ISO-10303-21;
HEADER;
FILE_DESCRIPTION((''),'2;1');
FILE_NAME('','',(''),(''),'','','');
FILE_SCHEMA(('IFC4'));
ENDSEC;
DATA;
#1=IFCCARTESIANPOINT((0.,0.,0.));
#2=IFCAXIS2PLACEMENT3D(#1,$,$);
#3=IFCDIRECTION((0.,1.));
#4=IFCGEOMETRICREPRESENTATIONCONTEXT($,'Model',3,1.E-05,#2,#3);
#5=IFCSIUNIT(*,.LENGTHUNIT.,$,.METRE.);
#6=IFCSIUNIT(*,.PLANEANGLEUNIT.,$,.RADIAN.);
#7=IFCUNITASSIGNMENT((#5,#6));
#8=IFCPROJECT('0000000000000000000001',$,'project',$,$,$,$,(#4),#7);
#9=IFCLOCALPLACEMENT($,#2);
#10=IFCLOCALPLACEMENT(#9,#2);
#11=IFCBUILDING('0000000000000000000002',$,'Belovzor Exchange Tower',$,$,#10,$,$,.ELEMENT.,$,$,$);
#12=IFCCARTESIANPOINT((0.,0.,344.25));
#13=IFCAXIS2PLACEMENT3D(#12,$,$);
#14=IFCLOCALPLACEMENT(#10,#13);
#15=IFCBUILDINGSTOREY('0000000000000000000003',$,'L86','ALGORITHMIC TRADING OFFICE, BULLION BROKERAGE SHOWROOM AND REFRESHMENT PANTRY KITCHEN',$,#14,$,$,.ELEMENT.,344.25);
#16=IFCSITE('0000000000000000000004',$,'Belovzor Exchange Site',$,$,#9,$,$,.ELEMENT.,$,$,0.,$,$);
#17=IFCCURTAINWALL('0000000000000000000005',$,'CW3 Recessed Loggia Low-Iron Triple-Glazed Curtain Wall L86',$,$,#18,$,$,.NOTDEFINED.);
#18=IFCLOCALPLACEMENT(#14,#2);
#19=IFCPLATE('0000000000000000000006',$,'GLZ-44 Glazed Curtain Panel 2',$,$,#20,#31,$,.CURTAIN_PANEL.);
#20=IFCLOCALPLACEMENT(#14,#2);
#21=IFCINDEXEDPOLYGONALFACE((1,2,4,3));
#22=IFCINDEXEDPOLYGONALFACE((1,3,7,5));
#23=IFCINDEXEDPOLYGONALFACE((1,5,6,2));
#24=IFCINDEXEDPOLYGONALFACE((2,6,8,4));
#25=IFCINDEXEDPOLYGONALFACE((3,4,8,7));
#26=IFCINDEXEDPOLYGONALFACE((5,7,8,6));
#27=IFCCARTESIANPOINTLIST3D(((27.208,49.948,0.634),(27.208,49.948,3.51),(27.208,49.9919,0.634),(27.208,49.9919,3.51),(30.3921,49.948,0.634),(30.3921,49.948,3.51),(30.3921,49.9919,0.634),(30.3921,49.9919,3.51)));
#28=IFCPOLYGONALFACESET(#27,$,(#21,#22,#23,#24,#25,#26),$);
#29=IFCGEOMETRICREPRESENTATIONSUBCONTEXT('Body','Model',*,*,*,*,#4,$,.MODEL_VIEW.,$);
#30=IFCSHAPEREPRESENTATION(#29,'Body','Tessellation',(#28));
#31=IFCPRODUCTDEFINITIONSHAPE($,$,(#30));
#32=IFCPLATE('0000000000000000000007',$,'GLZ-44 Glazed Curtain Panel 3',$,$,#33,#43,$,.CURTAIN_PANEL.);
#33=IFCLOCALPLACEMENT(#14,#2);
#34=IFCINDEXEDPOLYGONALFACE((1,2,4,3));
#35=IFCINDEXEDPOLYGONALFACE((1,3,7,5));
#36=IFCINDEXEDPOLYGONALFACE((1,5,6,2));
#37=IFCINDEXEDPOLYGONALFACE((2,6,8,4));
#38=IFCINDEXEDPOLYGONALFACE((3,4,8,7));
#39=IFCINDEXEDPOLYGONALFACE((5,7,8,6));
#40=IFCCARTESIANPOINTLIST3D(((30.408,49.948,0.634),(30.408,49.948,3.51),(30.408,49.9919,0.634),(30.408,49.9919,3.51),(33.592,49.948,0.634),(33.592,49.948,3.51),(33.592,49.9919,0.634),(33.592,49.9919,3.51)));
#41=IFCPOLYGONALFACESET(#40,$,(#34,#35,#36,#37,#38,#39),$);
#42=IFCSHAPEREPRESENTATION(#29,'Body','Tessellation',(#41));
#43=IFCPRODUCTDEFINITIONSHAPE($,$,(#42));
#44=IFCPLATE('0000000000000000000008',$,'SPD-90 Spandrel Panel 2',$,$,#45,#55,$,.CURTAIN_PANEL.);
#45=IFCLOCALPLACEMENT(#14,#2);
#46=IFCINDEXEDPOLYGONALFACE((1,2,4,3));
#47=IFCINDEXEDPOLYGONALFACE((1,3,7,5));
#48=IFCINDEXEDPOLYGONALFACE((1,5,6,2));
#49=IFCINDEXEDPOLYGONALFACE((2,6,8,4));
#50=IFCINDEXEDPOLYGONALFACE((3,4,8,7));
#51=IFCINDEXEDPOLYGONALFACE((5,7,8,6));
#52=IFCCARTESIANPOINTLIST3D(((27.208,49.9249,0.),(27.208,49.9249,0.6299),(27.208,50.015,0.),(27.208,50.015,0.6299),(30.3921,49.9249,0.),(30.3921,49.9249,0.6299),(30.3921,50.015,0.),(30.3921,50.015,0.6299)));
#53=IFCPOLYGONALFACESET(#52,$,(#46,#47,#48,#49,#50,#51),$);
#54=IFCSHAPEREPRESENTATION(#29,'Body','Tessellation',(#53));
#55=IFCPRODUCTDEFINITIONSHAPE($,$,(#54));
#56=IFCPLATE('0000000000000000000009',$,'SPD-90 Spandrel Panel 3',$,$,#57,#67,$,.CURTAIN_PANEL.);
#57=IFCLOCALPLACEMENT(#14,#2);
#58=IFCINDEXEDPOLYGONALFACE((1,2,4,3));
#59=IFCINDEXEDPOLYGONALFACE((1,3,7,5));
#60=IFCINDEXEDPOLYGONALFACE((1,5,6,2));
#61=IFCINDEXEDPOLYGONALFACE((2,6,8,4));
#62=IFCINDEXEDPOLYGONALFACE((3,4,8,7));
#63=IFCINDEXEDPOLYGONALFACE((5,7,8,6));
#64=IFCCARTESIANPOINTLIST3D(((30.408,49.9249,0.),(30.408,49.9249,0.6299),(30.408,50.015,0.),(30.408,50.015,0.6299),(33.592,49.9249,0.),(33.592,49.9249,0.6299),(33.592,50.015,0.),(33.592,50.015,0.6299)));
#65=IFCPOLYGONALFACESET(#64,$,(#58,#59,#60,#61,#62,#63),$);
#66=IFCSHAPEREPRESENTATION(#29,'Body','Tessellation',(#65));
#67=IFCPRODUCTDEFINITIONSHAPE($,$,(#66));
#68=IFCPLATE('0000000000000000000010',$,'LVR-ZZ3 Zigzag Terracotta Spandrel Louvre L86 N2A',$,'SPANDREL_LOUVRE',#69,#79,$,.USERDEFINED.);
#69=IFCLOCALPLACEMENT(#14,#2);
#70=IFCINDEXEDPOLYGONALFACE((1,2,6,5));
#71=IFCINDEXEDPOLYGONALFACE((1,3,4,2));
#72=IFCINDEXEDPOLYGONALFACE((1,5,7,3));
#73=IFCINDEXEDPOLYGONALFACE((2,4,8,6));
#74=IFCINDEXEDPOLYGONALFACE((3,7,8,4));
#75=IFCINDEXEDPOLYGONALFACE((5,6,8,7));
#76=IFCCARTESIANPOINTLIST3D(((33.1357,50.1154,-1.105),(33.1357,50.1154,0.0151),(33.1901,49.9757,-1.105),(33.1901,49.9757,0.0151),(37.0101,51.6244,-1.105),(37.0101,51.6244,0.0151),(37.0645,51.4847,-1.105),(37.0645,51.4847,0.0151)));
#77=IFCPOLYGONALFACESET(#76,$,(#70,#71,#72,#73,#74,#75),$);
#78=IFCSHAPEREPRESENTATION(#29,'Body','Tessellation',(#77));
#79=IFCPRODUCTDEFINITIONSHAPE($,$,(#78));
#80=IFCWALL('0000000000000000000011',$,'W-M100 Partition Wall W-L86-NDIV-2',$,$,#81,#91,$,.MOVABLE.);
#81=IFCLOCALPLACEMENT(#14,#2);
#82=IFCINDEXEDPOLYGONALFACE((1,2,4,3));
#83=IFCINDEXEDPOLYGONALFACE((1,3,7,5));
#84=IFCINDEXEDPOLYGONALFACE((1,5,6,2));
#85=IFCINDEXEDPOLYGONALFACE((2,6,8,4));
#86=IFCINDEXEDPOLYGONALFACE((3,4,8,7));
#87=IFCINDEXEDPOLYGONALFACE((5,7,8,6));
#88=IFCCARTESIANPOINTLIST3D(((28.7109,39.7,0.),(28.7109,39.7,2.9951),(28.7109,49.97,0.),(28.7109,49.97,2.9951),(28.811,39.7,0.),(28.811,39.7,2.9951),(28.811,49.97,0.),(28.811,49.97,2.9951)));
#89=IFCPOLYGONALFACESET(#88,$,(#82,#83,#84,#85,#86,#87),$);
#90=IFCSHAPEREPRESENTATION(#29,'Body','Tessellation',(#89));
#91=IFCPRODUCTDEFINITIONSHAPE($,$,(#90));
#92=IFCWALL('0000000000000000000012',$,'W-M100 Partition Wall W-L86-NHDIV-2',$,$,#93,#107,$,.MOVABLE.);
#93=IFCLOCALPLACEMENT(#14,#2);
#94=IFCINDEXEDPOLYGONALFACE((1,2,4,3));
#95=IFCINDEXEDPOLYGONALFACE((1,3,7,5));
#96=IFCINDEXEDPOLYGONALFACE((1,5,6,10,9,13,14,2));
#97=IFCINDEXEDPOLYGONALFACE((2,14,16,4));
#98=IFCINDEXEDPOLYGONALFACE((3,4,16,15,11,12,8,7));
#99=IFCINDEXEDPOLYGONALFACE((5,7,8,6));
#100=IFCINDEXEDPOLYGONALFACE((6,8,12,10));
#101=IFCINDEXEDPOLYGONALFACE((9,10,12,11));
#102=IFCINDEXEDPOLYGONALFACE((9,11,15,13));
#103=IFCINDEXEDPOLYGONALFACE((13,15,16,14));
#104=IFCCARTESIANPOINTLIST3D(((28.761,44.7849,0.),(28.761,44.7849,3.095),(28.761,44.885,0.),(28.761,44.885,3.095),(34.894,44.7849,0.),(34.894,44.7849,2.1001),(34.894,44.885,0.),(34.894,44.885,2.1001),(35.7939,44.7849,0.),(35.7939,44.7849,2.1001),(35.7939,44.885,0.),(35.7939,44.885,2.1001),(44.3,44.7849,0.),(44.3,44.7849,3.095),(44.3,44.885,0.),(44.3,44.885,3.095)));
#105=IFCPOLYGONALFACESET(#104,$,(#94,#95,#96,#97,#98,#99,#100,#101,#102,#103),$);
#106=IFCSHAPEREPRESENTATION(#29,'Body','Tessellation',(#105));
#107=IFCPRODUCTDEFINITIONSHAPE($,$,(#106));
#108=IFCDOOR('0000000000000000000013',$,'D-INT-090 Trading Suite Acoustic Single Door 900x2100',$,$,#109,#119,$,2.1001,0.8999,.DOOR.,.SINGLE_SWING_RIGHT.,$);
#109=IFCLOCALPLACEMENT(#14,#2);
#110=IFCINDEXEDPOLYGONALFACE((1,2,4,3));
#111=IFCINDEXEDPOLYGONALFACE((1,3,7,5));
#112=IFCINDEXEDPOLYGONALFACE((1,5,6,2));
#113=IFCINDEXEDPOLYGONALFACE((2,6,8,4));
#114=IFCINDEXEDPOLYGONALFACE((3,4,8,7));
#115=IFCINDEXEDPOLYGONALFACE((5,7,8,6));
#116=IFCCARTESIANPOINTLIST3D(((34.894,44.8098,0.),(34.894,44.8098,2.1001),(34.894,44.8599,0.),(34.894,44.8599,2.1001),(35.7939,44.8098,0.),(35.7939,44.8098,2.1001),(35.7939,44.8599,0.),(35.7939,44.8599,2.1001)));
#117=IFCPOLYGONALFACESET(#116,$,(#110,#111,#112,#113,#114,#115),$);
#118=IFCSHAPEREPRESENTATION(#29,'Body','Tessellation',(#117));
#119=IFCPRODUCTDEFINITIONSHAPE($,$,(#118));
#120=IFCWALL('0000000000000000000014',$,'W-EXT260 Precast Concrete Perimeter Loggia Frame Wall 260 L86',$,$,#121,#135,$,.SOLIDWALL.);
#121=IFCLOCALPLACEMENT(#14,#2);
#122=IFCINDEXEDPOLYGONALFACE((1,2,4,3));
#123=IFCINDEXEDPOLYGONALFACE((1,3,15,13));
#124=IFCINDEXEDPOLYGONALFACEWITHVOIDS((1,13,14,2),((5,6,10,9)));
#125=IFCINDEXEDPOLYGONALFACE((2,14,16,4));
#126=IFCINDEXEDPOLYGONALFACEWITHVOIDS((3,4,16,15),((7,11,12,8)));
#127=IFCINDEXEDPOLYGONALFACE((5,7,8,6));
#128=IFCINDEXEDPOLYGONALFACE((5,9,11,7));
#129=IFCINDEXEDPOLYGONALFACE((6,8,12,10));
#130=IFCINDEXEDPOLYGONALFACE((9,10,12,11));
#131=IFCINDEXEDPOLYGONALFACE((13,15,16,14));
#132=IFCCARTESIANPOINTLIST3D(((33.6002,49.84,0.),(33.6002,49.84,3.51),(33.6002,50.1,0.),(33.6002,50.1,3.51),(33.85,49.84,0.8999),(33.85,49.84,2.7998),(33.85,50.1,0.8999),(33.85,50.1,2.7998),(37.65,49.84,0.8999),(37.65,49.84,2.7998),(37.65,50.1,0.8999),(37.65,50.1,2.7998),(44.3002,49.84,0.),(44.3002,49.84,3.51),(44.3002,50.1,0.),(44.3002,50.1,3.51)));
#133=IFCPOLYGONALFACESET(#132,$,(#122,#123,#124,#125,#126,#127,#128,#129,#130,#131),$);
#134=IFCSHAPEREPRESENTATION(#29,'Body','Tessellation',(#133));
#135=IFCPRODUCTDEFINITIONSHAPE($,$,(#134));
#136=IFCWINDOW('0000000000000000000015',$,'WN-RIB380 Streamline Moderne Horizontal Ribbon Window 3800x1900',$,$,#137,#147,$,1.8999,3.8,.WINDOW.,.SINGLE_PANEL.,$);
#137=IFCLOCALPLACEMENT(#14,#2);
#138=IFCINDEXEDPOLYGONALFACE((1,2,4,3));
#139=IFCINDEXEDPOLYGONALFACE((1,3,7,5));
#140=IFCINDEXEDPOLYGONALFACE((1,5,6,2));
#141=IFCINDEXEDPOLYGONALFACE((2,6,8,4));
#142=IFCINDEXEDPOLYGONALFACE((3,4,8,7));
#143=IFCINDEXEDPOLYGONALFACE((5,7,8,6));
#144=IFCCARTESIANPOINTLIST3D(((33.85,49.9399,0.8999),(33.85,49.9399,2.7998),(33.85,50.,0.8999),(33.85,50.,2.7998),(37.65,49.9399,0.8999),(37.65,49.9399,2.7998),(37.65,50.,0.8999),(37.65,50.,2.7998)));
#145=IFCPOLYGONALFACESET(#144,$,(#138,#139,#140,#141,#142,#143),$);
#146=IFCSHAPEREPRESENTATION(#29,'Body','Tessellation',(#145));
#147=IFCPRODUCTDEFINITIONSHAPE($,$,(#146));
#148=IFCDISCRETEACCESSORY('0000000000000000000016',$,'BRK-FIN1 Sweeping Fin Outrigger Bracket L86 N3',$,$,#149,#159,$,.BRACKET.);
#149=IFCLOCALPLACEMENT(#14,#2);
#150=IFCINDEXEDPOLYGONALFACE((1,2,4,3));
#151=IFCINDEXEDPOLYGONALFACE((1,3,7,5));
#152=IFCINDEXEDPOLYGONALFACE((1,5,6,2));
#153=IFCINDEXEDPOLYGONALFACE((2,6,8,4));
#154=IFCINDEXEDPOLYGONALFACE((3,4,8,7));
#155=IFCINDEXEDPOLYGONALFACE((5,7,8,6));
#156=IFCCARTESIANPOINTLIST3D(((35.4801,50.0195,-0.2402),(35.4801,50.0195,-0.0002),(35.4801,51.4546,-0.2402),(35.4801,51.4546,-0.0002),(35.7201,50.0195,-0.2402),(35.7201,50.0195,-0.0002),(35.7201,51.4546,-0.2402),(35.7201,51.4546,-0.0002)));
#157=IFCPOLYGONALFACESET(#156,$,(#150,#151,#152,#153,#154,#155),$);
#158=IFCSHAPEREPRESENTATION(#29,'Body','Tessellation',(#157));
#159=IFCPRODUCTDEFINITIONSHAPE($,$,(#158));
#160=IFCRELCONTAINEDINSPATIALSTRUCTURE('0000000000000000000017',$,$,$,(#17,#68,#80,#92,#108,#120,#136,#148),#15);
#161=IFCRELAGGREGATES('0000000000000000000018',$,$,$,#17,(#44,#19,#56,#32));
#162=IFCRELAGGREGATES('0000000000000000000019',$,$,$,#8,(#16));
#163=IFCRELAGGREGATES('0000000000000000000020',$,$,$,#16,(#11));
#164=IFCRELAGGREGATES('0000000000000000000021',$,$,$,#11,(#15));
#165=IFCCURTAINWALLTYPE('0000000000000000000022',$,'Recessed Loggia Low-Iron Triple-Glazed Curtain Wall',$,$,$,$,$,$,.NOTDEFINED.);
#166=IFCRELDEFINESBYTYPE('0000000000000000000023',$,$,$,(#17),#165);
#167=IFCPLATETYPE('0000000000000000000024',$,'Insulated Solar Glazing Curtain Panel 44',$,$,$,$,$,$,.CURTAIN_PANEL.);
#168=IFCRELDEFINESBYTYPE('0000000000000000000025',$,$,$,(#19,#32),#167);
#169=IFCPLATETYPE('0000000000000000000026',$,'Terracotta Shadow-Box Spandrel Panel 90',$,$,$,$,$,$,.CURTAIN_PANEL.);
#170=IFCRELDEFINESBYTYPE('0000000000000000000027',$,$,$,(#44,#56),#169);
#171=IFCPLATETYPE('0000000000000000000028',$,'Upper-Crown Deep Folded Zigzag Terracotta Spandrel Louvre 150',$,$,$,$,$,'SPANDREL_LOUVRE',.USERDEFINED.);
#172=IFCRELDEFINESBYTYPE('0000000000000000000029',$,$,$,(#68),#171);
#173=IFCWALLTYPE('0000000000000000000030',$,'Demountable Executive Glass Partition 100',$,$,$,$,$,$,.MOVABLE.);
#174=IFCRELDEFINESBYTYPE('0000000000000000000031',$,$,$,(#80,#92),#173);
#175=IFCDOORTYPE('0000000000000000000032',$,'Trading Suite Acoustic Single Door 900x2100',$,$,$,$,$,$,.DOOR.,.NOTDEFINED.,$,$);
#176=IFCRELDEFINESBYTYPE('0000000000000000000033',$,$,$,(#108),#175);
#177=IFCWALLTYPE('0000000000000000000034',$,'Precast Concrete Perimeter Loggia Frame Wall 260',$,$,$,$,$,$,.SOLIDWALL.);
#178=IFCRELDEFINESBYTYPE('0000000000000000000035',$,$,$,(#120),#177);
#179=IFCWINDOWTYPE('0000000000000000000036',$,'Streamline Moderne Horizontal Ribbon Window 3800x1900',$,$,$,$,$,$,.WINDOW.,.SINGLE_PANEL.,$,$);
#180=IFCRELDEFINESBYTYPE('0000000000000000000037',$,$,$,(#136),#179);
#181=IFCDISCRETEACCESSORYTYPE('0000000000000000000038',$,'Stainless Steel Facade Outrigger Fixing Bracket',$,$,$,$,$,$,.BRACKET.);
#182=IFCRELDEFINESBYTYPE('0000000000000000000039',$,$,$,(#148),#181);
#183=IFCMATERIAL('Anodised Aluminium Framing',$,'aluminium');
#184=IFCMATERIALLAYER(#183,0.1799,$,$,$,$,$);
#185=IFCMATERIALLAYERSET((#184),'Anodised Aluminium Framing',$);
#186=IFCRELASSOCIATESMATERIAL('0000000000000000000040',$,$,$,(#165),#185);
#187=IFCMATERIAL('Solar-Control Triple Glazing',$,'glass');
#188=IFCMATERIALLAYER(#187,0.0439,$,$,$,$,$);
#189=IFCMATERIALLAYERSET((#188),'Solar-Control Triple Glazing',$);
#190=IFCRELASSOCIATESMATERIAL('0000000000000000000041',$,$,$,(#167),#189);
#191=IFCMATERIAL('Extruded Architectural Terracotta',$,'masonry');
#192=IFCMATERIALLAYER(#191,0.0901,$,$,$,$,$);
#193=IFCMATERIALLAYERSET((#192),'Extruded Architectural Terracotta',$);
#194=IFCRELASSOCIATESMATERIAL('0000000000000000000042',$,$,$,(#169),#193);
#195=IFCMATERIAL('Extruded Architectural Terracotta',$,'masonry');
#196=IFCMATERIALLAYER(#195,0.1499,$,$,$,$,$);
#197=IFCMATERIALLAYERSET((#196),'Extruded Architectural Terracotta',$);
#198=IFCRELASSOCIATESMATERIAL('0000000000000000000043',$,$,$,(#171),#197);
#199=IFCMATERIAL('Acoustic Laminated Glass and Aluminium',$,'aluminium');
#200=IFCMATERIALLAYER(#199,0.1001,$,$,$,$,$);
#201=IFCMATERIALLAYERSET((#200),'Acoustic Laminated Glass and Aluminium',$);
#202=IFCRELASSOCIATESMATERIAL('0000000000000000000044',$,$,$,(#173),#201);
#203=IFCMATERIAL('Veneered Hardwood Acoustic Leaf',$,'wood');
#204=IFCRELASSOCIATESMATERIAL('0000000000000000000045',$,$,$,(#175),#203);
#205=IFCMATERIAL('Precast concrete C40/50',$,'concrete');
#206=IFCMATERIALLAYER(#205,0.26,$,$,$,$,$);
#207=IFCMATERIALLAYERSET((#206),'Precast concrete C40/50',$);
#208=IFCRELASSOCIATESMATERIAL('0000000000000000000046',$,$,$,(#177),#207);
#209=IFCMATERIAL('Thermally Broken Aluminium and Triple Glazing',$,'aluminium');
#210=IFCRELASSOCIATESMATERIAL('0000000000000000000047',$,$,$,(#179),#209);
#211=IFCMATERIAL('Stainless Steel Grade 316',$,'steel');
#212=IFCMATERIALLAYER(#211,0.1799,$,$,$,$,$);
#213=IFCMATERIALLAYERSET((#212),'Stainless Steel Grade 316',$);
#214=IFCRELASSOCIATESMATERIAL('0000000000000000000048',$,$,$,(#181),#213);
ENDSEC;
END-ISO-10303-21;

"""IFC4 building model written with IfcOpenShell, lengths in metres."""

from ifc_helpers import new_model, si_unit, direction, frame, frame_2d, origin, origin_2d, place, context, subcontext, project, spatial, rectangle, extrude, material, layer, layer_set, type_object, element, fill, aggregate, save


model = new_model("IFC4")

# Units and contexts
model_context = context("Model", 3, precision=1e-05, world=origin(), true_north=direction((0.0, 1.0)))
body_context = subcontext(model_context, "Body", "Model", "MODEL_VIEW")
ifc_project = project(units=[si_unit("LENGTHUNIT", "METRE"), si_unit("PLANEANGLEUNIT", "RADIAN")], contexts=[model_context])

# Site, building, storey
site_placement = place(None, origin())
site = spatial("IfcSite", under=ifc_project, at=site_placement, Name="Belovzor Exchange Site", CompositionType="ELEMENT", RefElevation=0.0)
building_placement = place(site_placement, origin())
building = spatial("IfcBuilding", under=site, at=building_placement, Name="Belovzor Exchange Tower", CompositionType="ELEMENT")
storey_placement = place(building_placement, frame((0.0, 0.0, 344.25)))
storey = spatial("IfcBuildingStorey", under=building, at=storey_placement, Name="L86", Description="ALGORITHMIC TRADING OFFICE, BULLION BROKERAGE SHOWROOM AND REFRESHMENT PANTRY KITCHEN", CompositionType="ELEMENT", Elevation=344.25)

# Curtain wall
ifc_material_1 = material(Name="Anodised Aluminium Framing", Category="aluminium")
ifc_layer_1 = layer(ifc_material_1, 0.1799)
ifc_layer_set_1 = layer_set([ifc_layer_1], Name="Anodised Aluminium Framing")
curtain_wall_type = type_object("IfcCurtainWallType", Name="Recessed Loggia Low-Iron Triple-Glazed Curtain Wall", PredefinedType="NOTDEFINED", material=ifc_layer_set_1)
curtain_wall_placement = place(storey_placement, origin())
curtain_wall = element("IfcCurtainWall", 1, at=curtain_wall_placement, inside=storey, type_object=curtain_wall_type, Name="CW3 Recessed Loggia Low-Iron Triple-Glazed Curtain Wall L86", PredefinedType="NOTDEFINED")

# Plates
ifc_material_2 = material(Name="Solar-Control Triple Glazing", Category="glass")
ifc_layer_2 = layer(ifc_material_2, 0.0439)
ifc_layer_set_2 = layer_set([ifc_layer_2], Name="Solar-Control Triple Glazing")
plate_type_1 = type_object("IfcPlateType", Name="Insulated Solar Glazing Curtain Panel 44", PredefinedType="CURTAIN_PANEL", material=ifc_layer_set_2)
plate_1_placement = place(storey_placement, frame((28.8, 49.97, 0.634), z_axis=(0.0, 0.0, 1.0), x_axis=(1.0, 0.0, 0.0)))
plate_1 = element("IfcPlate", 2, at=plate_1_placement, type_object=plate_type_1, Name="GLZ-44 Glazed Curtain Panel 2", PredefinedType="CURTAIN_PANEL", context=body_context, shape_type="SweptSolid", body=[
    extrude(rectangle(XDim=3.1841, YDim=0.0439, at=origin_2d()), origin(), (0.0, 0.0, 1.0), 2.876),
])
plate_2_placement = place(storey_placement, frame((32.0, 49.97, 0.634), z_axis=(0.0, 0.0, 1.0), x_axis=(1.0, 0.0, 0.0)))
plate_2 = element("IfcPlate", 3, at=plate_2_placement, type_object=plate_type_1, Name="GLZ-44 Glazed Curtain Panel 3", PredefinedType="CURTAIN_PANEL", context=body_context, shape_type="SweptSolid", body=[
    extrude(rectangle(XDim=3.1841, YDim=0.0439, at=origin_2d()), origin(), (0.0, 0.0, 1.0), 2.876),
])
ifc_material_3 = material(Name="Extruded Architectural Terracotta", Category="masonry")
ifc_layer_3 = layer(ifc_material_3, 0.0901)
ifc_layer_set_3 = layer_set([ifc_layer_3], Name="Extruded Architectural Terracotta")
plate_type_2 = type_object("IfcPlateType", Name="Terracotta Shadow-Box Spandrel Panel 90", PredefinedType="CURTAIN_PANEL", material=ifc_layer_set_3)
plate_3_placement = place(storey_placement, frame((28.8, 49.97, 0.0), z_axis=(0.0, 0.0, 1.0), x_axis=(1.0, 0.0, 0.0)))
plate_3 = element("IfcPlate", 4, at=plate_3_placement, type_object=plate_type_2, Name="SPD-90 Spandrel Panel 2", PredefinedType="CURTAIN_PANEL", context=body_context, shape_type="SweptSolid", body=[
    extrude(rectangle(XDim=3.1841, YDim=0.0901, at=origin_2d()), origin(), (0.0, 0.0, 1.0), 0.6299),
])
plate_4_placement = place(storey_placement, frame((32.0, 49.97, 0.0), z_axis=(0.0, 0.0, 1.0), x_axis=(1.0, 0.0, 0.0)))
plate_4 = element("IfcPlate", 5, at=plate_4_placement, type_object=plate_type_2, Name="SPD-90 Spandrel Panel 3", PredefinedType="CURTAIN_PANEL", context=body_context, shape_type="SweptSolid", body=[
    extrude(rectangle(XDim=3.1841, YDim=0.0901, at=origin_2d()), origin(), (0.0, 0.0, 1.0), 0.6299),
])
aggregate(curtain_wall, [plate_3, plate_1, plate_4, plate_2])
ifc_material_4 = material(Name="Extruded Architectural Terracotta", Category="masonry")
ifc_layer_4 = layer(ifc_material_4, 0.1499)
ifc_layer_set_4 = layer_set([ifc_layer_4], Name="Extruded Architectural Terracotta")
plate_type_3 = type_object("IfcPlateType", Name="Upper-Crown Deep Folded Zigzag Terracotta Spandrel Louvre 150", ElementType="SPANDREL_LOUVRE", PredefinedType="USERDEFINED", material=ifc_layer_set_4)
plate_5_placement = place(storey_placement, frame((35.1001, 50.8, -1.105), z_axis=(0.0, 0.0, 1.0), x_axis=(0.931818, 0.362926, 0.0)))
element("IfcPlate", 6, at=plate_5_placement, inside=storey, type_object=plate_type_3, Name="LVR-ZZ3 Zigzag Terracotta Spandrel Louvre L86 N2A", ObjectType="SPANDREL_LOUVRE", PredefinedType="USERDEFINED", context=body_context, shape_type="SweptSolid", body=[
    extrude(rectangle(XDim=4.158, YDim=0.1499, at=origin_2d()), origin(), (0.0, 0.0, 1.0), 1.1201),
])

# Wall
ifc_material_5 = material(Name="Acoustic Laminated Glass and Aluminium", Category="aluminium")
ifc_layer_5 = layer(ifc_material_5, 0.1001)
ifc_layer_set_5 = layer_set([ifc_layer_5], Name="Acoustic Laminated Glass and Aluminium")
wall_type_1 = type_object("IfcWallType", Name="Demountable Executive Glass Partition 100", PredefinedType="MOVABLE", material=ifc_layer_set_5)
wall_1_placement = place(storey_placement, frame((28.761, 39.7, 0.0), z_axis=(0.0, 0.0, 1.0), x_axis=(0.0, 1.0, 0.0)))
element("IfcWall", 7, at=wall_1_placement, inside=storey, type_object=wall_type_1, Name="W-M100 Partition Wall W-L86-NDIV-2", PredefinedType="MOVABLE", context=body_context, shape_type="SweptSolid", body=[
    extrude(rectangle(XDim=10.27, YDim=0.1001, at=frame_2d((5.135, 0.0))), origin(), (0.0, 0.0, 1.0), 2.9951),
])

# Wall, opening, door
wall_2_placement = place(storey_placement, frame((28.761, 44.835, 0.0), z_axis=(0.0, 0.0, 1.0), x_axis=(1.0, 0.0, 0.0)))
wall_2 = element("IfcWall", 8, at=wall_2_placement, inside=storey, type_object=wall_type_1, Name="W-M100 Partition Wall W-L86-NHDIV-2", PredefinedType="MOVABLE", context=body_context, shape_type="SweptSolid", body=[
    extrude(rectangle(XDim=15.5391, YDim=0.1001, at=frame_2d((7.7695, 0.0))), origin(), (0.0, 0.0, 1.0), 3.095),
])
opening_1_placement = place(wall_2_placement, frame((6.1331, 0.0, 0.0)))
opening_1 = element("IfcOpeningElement", 9, at=opening_1_placement, cuts=wall_2, PredefinedType="OPENING", context=body_context, shape_type="SweptSolid", body=[
    extrude(rectangle(XDim=0.8999, YDim=2.1001, at=frame_2d((0.45, 1.05))), frame((0.0, 0.0601, 0.0), z_axis=(0.0, -1.0, 0.0), x_axis=(1.0, 0.0, 0.0)), (0.0, 0.0, 1.0), 0.1201),
])
ifc_material_6 = material(Name="Veneered Hardwood Acoustic Leaf", Category="wood")
door_type = type_object("IfcDoorType", Name="Trading Suite Acoustic Single Door 900x2100", OperationType="NOTDEFINED", PredefinedType="DOOR", material=ifc_material_6)
door_placement = place(opening_1_placement, origin())
door = element("IfcDoor", 10, at=door_placement, inside=storey, type_object=door_type, Name="D-INT-090 Trading Suite Acoustic Single Door 900x2100", OperationType="SINGLE_SWING_RIGHT", OverallHeight=2.1001, OverallWidth=0.8999, PredefinedType="DOOR", context=body_context, shape_type="SweptSolid", body=[
    extrude(rectangle(XDim=0.8999, YDim=2.1001, at=frame_2d((0.45, 1.05))), frame((0.0, 0.0249, 0.0), z_axis=(0.0, -1.0, 0.0), x_axis=(1.0, 0.0, 0.0)), (0.0, 0.0, 1.0), 0.05),
])
fill(opening_1, door)

# Wall, opening, window
ifc_material_7 = material(Name="Precast concrete C40/50", Category="concrete")
ifc_layer_6 = layer(ifc_material_7, 0.26)
ifc_layer_set_6 = layer_set([ifc_layer_6], Name="Precast concrete C40/50")
wall_type_2 = type_object("IfcWallType", Name="Precast Concrete Perimeter Loggia Frame Wall 260", PredefinedType="SOLIDWALL", material=ifc_layer_set_6)
wall_3_placement = place(storey_placement, frame((33.6001, 49.97, 0.0), z_axis=(0.0, 0.0, 1.0), x_axis=(1.0, 0.0, 0.0)))
wall_3 = element("IfcWall", 11, at=wall_3_placement, inside=storey, type_object=wall_type_2, Name="W-EXT260 Precast Concrete Perimeter Loggia Frame Wall 260 L86", PredefinedType="SOLIDWALL", context=body_context, shape_type="SweptSolid", body=[
    extrude(rectangle(XDim=10.7, YDim=0.26, at=frame_2d((5.3501, 0.0))), origin(), (0.0, 0.0, 1.0), 3.51),
])
opening_2_placement = place(wall_3_placement, frame((0.25, 0.0, 0.8999)))
opening_2 = element("IfcOpeningElement", 12, at=opening_2_placement, cuts=wall_3, PredefinedType="OPENING", context=body_context, shape_type="SweptSolid", body=[
    extrude(rectangle(XDim=3.8, YDim=1.8999, at=frame_2d((1.8999, 0.95))), frame((0.0, 0.1399, 0.0), z_axis=(0.0, -1.0, 0.0), x_axis=(1.0, 0.0, 0.0)), (0.0, 0.0, 1.0), 0.28),
])
ifc_material_8 = material(Name="Thermally Broken Aluminium and Triple Glazing", Category="aluminium")
window_type = type_object("IfcWindowType", Name="Streamline Moderne Horizontal Ribbon Window 3800x1900", PartitioningType="SINGLE_PANEL", PredefinedType="WINDOW", material=ifc_material_8)
window_placement = place(opening_2_placement, origin())
window = element("IfcWindow", 13, at=window_placement, inside=storey, type_object=window_type, Name="WN-RIB380 Streamline Moderne Horizontal Ribbon Window 3800x1900", OverallHeight=1.8999, OverallWidth=3.8, PartitioningType="SINGLE_PANEL", PredefinedType="WINDOW", context=body_context, shape_type="SweptSolid", body=[
    extrude(rectangle(XDim=3.8, YDim=1.8999, at=frame_2d((1.8999, 0.95))), frame((0.0, 0.03, 0.0), z_axis=(0.0, -1.0, 0.0), x_axis=(1.0, 0.0, 0.0)), (0.0, 0.0, 1.0), 0.0601),
])
fill(opening_2, window)

# Discrete accessory
ifc_material_9 = material(Name="Stainless Steel Grade 316", Category="steel")
ifc_layer_7 = layer(ifc_material_9, 0.1799)
ifc_layer_set_7 = layer_set([ifc_layer_7], Name="Stainless Steel Grade 316")
discrete_accessory_type = type_object("IfcDiscreteAccessoryType", Name="Stainless Steel Facade Outrigger Fixing Bracket", PredefinedType="BRACKET", material=ifc_layer_set_7)
discrete_accessory_placement = place(storey_placement, frame((35.6001, 50.7371, -0.2402), z_axis=(0.0, 0.0, 1.0), x_axis=(0.0, 1.0, 0.0)))
element("IfcDiscreteAccessory", 14, at=discrete_accessory_placement, inside=storey, type_object=discrete_accessory_type, Name="BRK-FIN1 Sweeping Fin Outrigger Bracket L86 N3", PredefinedType="BRACKET", context=body_context, shape_type="SweptSolid", body=[
    extrude(rectangle(XDim=1.4351, YDim=0.24, at=origin_2d()), origin(), (0.0, 0.0, 1.0), 0.24),
])

save(model, "model.ifc")
